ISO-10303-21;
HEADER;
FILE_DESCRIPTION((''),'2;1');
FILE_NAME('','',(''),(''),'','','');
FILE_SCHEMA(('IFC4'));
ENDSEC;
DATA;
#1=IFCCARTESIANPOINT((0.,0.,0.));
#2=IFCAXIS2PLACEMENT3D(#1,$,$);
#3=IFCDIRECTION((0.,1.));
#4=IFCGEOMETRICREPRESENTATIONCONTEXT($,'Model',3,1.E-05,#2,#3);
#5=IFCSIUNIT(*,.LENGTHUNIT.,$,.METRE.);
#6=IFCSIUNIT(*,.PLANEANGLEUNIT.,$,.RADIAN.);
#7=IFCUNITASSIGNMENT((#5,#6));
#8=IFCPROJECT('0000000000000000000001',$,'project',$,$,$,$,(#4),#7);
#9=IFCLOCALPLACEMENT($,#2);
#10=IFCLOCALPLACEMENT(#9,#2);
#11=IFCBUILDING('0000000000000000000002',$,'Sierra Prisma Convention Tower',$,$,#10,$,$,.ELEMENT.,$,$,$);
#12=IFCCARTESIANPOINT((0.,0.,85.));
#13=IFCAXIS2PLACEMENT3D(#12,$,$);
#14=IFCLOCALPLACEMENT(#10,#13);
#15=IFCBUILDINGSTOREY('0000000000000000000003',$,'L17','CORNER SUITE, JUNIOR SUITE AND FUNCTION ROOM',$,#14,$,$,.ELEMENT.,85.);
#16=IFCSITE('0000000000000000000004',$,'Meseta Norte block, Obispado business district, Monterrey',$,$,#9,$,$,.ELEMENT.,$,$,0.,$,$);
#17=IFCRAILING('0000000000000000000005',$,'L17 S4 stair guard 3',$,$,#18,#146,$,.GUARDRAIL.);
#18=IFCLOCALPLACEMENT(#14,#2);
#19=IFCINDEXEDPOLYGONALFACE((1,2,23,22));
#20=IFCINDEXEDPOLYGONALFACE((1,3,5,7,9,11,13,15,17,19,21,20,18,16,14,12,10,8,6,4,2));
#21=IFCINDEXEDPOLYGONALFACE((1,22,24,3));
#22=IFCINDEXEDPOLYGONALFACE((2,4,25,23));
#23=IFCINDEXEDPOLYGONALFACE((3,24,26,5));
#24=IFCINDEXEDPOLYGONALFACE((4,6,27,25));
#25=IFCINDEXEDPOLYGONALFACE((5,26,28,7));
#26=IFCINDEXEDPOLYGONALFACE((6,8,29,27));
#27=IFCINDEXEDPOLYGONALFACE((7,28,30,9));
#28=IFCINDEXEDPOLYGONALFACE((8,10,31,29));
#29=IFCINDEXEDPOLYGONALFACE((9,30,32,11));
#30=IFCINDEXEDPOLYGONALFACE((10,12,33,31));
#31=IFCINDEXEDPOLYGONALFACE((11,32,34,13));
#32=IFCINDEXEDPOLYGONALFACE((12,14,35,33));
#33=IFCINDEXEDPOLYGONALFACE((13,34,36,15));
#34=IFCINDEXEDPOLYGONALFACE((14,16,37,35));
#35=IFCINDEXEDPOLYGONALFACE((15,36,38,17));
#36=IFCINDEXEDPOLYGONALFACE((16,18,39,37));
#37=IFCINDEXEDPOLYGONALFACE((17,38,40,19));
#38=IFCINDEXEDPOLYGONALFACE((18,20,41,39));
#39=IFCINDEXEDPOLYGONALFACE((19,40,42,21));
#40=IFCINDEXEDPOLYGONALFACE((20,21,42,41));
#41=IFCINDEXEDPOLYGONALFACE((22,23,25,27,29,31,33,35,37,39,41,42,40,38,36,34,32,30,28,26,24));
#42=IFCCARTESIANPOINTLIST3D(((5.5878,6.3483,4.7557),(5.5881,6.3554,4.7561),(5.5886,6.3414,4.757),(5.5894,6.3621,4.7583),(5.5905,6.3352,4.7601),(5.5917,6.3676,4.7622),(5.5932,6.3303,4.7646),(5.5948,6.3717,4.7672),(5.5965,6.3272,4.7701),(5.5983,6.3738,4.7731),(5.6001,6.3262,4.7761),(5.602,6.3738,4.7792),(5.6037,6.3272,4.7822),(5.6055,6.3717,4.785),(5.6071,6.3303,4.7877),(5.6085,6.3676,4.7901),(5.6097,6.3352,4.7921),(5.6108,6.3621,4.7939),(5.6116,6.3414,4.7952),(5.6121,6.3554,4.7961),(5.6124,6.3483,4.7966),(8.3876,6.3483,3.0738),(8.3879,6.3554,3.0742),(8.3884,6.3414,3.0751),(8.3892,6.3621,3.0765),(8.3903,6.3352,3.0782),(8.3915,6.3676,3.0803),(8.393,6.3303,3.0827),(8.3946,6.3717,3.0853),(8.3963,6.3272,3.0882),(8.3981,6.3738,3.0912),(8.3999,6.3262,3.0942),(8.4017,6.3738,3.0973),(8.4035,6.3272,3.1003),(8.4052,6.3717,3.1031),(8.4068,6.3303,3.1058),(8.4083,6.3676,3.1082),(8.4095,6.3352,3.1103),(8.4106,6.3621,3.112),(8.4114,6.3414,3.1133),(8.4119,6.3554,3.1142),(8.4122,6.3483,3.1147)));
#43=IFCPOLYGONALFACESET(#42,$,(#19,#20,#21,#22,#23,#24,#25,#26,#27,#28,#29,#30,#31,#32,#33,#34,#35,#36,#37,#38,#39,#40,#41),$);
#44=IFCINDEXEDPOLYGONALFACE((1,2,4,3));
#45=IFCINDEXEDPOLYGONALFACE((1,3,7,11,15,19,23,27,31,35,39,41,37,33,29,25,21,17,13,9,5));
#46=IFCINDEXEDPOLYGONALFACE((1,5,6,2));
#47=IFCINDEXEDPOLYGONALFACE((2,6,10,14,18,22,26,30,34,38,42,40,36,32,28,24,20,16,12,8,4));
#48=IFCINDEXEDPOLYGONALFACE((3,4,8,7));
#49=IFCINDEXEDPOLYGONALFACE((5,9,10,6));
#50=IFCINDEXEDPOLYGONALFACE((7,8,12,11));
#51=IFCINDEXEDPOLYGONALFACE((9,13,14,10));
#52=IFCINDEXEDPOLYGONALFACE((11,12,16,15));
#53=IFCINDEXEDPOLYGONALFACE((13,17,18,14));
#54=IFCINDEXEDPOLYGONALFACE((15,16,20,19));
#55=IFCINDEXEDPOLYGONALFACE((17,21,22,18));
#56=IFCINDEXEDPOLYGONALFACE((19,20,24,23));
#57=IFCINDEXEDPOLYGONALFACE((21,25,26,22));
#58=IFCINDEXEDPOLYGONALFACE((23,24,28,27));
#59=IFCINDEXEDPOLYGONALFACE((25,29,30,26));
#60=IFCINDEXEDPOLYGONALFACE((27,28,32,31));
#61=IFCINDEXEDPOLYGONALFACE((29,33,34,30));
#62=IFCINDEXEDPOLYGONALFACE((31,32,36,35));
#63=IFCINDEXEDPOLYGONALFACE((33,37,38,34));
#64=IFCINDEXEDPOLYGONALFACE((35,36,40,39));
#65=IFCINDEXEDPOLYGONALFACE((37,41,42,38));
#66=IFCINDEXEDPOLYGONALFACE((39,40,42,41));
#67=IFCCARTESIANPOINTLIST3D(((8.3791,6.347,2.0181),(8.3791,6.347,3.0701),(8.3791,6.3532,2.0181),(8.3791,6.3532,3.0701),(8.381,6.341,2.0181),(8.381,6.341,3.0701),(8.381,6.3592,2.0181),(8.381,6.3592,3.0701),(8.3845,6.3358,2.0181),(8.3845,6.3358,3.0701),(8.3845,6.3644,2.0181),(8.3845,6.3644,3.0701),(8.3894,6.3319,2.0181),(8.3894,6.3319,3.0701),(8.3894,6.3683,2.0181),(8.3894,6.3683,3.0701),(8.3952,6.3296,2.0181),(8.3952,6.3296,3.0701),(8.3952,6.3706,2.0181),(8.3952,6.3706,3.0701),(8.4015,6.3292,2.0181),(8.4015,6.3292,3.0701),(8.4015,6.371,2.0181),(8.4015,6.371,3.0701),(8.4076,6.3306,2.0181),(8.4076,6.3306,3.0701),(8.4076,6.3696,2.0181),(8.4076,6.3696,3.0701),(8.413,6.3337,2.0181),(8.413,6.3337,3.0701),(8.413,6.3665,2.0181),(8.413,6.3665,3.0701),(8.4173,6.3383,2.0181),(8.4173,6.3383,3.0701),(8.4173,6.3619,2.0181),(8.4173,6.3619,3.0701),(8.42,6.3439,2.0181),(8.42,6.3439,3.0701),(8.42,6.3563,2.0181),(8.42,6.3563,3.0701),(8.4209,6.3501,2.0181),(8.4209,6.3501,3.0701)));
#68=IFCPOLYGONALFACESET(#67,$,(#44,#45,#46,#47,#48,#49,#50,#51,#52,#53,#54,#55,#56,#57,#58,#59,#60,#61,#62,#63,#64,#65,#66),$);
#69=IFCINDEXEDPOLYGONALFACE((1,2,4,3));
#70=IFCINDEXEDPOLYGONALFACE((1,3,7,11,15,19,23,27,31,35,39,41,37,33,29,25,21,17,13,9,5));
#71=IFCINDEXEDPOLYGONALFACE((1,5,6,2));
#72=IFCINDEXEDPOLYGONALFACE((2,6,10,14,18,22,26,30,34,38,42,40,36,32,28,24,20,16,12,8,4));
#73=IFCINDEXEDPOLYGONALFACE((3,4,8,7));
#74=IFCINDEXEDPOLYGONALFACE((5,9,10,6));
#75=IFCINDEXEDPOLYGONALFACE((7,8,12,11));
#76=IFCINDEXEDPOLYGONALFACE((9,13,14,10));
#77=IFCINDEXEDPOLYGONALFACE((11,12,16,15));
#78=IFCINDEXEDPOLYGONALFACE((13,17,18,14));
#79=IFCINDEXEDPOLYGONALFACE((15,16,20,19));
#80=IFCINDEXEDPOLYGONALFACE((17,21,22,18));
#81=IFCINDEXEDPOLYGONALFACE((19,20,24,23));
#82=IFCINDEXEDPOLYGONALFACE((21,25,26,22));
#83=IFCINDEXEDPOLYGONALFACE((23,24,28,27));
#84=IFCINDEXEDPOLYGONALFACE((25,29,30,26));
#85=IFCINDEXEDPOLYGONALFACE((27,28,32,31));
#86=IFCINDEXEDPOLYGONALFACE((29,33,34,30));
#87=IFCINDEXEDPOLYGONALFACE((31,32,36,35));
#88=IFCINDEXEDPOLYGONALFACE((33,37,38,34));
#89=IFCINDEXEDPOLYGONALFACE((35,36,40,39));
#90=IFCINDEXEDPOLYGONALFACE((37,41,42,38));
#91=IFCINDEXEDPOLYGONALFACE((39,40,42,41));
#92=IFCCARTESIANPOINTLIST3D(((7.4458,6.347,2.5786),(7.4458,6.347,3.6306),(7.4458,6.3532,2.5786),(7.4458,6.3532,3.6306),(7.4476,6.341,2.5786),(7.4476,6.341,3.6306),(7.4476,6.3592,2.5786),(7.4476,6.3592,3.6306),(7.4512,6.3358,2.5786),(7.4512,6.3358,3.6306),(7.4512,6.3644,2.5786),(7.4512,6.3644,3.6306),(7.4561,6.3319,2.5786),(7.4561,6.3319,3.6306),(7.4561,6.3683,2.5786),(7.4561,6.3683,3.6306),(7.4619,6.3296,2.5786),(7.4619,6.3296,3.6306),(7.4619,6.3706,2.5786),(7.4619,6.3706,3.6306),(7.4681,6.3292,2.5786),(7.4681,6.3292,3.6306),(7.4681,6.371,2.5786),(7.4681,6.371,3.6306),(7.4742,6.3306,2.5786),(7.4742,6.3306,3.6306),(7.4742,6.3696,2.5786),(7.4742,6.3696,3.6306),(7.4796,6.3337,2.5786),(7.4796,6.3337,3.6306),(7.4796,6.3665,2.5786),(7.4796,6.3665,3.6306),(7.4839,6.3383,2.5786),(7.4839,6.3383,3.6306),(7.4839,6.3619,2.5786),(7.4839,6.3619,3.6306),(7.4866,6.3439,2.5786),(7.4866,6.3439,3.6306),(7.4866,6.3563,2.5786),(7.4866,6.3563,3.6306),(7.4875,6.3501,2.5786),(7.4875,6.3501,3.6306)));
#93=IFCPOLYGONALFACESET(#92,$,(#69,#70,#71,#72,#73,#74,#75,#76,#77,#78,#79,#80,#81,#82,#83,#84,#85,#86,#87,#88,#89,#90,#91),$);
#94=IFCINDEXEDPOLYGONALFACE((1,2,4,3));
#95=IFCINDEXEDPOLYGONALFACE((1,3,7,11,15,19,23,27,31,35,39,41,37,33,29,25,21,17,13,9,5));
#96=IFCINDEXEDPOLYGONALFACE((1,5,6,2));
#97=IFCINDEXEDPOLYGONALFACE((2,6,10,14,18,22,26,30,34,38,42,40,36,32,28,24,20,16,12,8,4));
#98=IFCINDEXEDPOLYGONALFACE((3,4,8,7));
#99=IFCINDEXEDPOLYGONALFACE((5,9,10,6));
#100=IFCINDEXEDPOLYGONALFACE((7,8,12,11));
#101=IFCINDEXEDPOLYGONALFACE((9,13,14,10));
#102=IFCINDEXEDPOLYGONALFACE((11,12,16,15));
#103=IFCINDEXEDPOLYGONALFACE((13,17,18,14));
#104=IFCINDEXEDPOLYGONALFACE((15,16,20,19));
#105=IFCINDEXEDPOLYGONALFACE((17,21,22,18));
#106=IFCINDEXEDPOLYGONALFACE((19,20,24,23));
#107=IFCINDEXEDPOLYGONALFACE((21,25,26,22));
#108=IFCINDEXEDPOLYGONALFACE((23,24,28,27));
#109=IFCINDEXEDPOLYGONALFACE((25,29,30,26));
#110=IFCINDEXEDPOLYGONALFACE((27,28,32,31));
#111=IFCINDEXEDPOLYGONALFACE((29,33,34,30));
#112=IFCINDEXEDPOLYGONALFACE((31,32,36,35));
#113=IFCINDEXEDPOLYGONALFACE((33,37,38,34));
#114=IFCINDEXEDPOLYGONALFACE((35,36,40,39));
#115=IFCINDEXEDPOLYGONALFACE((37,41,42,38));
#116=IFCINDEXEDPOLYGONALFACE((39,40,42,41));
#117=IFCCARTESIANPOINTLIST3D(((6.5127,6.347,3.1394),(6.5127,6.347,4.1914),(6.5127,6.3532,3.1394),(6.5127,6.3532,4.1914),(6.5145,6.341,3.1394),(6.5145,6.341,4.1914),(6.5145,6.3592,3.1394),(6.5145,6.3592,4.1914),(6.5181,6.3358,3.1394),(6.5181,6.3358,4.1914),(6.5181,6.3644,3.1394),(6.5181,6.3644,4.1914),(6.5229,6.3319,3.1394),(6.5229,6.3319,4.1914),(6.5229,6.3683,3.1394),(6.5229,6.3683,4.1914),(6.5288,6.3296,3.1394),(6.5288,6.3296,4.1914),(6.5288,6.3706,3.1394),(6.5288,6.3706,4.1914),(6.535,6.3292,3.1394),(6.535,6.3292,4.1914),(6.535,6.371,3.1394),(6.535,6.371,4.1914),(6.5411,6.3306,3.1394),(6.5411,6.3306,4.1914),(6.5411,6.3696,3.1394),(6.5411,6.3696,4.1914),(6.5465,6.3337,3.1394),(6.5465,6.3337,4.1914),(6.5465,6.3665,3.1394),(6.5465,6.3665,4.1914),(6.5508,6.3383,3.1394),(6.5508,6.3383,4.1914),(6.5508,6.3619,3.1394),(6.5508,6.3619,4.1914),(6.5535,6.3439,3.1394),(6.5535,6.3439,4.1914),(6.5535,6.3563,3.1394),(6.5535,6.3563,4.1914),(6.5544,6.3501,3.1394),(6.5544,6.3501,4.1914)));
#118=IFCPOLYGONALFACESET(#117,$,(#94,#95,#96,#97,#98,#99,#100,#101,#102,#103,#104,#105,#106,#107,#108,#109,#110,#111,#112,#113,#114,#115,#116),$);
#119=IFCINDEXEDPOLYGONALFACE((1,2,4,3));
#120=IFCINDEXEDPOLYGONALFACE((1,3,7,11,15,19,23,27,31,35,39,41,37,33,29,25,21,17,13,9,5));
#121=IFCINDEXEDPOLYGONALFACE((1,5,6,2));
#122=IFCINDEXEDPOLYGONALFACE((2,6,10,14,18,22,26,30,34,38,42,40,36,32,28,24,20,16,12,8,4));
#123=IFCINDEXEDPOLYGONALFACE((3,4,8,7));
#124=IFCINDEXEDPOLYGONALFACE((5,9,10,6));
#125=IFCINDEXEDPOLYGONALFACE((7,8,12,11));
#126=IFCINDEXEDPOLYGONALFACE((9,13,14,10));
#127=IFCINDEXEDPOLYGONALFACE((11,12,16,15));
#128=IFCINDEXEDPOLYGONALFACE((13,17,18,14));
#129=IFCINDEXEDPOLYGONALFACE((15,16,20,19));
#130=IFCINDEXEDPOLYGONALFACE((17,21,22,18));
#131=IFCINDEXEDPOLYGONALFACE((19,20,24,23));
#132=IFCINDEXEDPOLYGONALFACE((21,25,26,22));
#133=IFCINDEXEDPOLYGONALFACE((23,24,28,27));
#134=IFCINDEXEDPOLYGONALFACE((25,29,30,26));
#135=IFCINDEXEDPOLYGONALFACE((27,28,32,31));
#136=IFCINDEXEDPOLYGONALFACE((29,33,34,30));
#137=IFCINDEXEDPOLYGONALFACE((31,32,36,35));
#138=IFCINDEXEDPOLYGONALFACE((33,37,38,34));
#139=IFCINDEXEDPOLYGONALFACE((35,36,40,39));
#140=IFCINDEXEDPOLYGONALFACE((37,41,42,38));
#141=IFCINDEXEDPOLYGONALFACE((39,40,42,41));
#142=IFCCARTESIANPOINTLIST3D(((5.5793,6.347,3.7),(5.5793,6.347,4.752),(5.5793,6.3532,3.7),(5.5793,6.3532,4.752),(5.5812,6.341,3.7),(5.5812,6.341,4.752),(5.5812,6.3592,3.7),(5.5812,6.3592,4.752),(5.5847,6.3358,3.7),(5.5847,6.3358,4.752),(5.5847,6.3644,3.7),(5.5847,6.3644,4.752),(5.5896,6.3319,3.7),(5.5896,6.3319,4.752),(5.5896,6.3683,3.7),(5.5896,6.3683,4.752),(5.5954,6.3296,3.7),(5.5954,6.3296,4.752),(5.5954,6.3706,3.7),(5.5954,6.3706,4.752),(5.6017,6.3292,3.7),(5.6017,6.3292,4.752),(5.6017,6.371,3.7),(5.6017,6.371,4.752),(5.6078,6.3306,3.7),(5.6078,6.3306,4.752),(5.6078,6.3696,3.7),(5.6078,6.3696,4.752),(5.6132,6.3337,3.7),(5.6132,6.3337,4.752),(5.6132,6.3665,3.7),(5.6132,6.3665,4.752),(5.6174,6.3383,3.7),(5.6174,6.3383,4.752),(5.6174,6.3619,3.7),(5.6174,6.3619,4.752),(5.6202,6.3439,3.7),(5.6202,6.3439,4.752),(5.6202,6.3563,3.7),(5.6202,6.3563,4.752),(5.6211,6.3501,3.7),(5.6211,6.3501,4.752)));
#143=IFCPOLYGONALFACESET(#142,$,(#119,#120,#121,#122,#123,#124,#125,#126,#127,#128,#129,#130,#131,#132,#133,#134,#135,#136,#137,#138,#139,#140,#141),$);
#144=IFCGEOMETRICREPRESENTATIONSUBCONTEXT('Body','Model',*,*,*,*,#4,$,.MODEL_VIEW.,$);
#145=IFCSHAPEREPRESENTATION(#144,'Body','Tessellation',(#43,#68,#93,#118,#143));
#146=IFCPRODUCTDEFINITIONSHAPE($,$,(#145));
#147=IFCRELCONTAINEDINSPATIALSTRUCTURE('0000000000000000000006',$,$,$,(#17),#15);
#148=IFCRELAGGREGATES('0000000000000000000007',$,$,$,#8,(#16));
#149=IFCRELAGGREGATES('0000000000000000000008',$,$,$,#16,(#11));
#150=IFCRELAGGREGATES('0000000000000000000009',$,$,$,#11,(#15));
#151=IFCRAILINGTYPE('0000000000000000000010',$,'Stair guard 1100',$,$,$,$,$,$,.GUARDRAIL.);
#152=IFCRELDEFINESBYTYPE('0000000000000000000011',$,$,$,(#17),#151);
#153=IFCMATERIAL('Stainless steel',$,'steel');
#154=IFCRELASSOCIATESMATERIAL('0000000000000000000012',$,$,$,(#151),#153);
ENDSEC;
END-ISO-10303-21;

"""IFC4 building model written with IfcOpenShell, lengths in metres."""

from ifc_helpers import new_model, si_unit, direction, frame, origin, origin_2d, place, context, subcontext, project, spatial, circle, extrude, material, type_object, element, save


model = new_model("IFC4")

# Units and contexts
model_context = context("Model", 3, precision=1e-05, world=origin(), true_north=direction((0.0, 1.0)))
body_context = subcontext(model_context, "Body", "Model", "MODEL_VIEW")
ifc_project = project(units=[si_unit("LENGTHUNIT", "METRE"), si_unit("PLANEANGLEUNIT", "RADIAN")], contexts=[model_context])

# Site, building, storey
site_placement = place(None, origin())
site = spatial("IfcSite", under=ifc_project, at=site_placement, Name="Meseta Norte block, Obispado business district, Monterrey", CompositionType="ELEMENT", RefElevation=0.0)
building_placement = place(site_placement, origin())
building = spatial("IfcBuilding", under=site, at=building_placement, Name="Sierra Prisma Convention Tower", CompositionType="ELEMENT")
storey_placement = place(building_placement, frame((0.0, 0.0, 85.0)))
storey = spatial("IfcBuildingStorey", under=building, at=storey_placement, Name="L17", Description="CORNER SUITE, JUNIOR SUITE AND FUNCTION ROOM", CompositionType="ELEMENT", Elevation=85.0)

# Railing
ifc_material_1 = material(Name="Stainless steel", Category="steel")
railing_type_1 = type_object("IfcRailingType", Name="Stair guard 1100", PredefinedType="GUARDRAIL", material=ifc_material_1)
railing_1_placement = place(storey_placement, frame((8.3999, 6.3501, 2.0181)))
element("IfcRailing", 1, at=railing_1_placement, inside=storey, type_object=railing_type_1, Name="L17 S4 stair guard 3", PredefinedType="GUARDRAIL", context=body_context, shape_type="SweptSolid", body=[
    extrude(circle(Radius=0.0239, at=origin_2d()), frame((0.0, 0.0, 1.0762), z_axis=(-0.857222, 0.0, 0.514946), x_axis=(0.0, -1.0, 0.0)), (0.0, 0.0, 1.0), 3.2661),
    extrude(circle(Radius=0.021, at=origin_2d()), origin(), (0.0, 0.0, 1.0), 1.052),
    extrude(circle(Radius=0.021, at=origin_2d()), frame((-0.9333, 0.0, 0.5605)), (0.0, 0.0, 1.0), 1.052),
    extrude(circle(Radius=0.021, at=origin_2d()), frame((-1.8665, 0.0, 1.1213)), (0.0, 0.0, 1.0), 1.052),
    extrude(circle(Radius=0.021, at=origin_2d()), frame((-2.7998, 0.0, 1.6819)), (0.0, 0.0, 1.0), 1.052),
])

save(model, "model.ifc")
